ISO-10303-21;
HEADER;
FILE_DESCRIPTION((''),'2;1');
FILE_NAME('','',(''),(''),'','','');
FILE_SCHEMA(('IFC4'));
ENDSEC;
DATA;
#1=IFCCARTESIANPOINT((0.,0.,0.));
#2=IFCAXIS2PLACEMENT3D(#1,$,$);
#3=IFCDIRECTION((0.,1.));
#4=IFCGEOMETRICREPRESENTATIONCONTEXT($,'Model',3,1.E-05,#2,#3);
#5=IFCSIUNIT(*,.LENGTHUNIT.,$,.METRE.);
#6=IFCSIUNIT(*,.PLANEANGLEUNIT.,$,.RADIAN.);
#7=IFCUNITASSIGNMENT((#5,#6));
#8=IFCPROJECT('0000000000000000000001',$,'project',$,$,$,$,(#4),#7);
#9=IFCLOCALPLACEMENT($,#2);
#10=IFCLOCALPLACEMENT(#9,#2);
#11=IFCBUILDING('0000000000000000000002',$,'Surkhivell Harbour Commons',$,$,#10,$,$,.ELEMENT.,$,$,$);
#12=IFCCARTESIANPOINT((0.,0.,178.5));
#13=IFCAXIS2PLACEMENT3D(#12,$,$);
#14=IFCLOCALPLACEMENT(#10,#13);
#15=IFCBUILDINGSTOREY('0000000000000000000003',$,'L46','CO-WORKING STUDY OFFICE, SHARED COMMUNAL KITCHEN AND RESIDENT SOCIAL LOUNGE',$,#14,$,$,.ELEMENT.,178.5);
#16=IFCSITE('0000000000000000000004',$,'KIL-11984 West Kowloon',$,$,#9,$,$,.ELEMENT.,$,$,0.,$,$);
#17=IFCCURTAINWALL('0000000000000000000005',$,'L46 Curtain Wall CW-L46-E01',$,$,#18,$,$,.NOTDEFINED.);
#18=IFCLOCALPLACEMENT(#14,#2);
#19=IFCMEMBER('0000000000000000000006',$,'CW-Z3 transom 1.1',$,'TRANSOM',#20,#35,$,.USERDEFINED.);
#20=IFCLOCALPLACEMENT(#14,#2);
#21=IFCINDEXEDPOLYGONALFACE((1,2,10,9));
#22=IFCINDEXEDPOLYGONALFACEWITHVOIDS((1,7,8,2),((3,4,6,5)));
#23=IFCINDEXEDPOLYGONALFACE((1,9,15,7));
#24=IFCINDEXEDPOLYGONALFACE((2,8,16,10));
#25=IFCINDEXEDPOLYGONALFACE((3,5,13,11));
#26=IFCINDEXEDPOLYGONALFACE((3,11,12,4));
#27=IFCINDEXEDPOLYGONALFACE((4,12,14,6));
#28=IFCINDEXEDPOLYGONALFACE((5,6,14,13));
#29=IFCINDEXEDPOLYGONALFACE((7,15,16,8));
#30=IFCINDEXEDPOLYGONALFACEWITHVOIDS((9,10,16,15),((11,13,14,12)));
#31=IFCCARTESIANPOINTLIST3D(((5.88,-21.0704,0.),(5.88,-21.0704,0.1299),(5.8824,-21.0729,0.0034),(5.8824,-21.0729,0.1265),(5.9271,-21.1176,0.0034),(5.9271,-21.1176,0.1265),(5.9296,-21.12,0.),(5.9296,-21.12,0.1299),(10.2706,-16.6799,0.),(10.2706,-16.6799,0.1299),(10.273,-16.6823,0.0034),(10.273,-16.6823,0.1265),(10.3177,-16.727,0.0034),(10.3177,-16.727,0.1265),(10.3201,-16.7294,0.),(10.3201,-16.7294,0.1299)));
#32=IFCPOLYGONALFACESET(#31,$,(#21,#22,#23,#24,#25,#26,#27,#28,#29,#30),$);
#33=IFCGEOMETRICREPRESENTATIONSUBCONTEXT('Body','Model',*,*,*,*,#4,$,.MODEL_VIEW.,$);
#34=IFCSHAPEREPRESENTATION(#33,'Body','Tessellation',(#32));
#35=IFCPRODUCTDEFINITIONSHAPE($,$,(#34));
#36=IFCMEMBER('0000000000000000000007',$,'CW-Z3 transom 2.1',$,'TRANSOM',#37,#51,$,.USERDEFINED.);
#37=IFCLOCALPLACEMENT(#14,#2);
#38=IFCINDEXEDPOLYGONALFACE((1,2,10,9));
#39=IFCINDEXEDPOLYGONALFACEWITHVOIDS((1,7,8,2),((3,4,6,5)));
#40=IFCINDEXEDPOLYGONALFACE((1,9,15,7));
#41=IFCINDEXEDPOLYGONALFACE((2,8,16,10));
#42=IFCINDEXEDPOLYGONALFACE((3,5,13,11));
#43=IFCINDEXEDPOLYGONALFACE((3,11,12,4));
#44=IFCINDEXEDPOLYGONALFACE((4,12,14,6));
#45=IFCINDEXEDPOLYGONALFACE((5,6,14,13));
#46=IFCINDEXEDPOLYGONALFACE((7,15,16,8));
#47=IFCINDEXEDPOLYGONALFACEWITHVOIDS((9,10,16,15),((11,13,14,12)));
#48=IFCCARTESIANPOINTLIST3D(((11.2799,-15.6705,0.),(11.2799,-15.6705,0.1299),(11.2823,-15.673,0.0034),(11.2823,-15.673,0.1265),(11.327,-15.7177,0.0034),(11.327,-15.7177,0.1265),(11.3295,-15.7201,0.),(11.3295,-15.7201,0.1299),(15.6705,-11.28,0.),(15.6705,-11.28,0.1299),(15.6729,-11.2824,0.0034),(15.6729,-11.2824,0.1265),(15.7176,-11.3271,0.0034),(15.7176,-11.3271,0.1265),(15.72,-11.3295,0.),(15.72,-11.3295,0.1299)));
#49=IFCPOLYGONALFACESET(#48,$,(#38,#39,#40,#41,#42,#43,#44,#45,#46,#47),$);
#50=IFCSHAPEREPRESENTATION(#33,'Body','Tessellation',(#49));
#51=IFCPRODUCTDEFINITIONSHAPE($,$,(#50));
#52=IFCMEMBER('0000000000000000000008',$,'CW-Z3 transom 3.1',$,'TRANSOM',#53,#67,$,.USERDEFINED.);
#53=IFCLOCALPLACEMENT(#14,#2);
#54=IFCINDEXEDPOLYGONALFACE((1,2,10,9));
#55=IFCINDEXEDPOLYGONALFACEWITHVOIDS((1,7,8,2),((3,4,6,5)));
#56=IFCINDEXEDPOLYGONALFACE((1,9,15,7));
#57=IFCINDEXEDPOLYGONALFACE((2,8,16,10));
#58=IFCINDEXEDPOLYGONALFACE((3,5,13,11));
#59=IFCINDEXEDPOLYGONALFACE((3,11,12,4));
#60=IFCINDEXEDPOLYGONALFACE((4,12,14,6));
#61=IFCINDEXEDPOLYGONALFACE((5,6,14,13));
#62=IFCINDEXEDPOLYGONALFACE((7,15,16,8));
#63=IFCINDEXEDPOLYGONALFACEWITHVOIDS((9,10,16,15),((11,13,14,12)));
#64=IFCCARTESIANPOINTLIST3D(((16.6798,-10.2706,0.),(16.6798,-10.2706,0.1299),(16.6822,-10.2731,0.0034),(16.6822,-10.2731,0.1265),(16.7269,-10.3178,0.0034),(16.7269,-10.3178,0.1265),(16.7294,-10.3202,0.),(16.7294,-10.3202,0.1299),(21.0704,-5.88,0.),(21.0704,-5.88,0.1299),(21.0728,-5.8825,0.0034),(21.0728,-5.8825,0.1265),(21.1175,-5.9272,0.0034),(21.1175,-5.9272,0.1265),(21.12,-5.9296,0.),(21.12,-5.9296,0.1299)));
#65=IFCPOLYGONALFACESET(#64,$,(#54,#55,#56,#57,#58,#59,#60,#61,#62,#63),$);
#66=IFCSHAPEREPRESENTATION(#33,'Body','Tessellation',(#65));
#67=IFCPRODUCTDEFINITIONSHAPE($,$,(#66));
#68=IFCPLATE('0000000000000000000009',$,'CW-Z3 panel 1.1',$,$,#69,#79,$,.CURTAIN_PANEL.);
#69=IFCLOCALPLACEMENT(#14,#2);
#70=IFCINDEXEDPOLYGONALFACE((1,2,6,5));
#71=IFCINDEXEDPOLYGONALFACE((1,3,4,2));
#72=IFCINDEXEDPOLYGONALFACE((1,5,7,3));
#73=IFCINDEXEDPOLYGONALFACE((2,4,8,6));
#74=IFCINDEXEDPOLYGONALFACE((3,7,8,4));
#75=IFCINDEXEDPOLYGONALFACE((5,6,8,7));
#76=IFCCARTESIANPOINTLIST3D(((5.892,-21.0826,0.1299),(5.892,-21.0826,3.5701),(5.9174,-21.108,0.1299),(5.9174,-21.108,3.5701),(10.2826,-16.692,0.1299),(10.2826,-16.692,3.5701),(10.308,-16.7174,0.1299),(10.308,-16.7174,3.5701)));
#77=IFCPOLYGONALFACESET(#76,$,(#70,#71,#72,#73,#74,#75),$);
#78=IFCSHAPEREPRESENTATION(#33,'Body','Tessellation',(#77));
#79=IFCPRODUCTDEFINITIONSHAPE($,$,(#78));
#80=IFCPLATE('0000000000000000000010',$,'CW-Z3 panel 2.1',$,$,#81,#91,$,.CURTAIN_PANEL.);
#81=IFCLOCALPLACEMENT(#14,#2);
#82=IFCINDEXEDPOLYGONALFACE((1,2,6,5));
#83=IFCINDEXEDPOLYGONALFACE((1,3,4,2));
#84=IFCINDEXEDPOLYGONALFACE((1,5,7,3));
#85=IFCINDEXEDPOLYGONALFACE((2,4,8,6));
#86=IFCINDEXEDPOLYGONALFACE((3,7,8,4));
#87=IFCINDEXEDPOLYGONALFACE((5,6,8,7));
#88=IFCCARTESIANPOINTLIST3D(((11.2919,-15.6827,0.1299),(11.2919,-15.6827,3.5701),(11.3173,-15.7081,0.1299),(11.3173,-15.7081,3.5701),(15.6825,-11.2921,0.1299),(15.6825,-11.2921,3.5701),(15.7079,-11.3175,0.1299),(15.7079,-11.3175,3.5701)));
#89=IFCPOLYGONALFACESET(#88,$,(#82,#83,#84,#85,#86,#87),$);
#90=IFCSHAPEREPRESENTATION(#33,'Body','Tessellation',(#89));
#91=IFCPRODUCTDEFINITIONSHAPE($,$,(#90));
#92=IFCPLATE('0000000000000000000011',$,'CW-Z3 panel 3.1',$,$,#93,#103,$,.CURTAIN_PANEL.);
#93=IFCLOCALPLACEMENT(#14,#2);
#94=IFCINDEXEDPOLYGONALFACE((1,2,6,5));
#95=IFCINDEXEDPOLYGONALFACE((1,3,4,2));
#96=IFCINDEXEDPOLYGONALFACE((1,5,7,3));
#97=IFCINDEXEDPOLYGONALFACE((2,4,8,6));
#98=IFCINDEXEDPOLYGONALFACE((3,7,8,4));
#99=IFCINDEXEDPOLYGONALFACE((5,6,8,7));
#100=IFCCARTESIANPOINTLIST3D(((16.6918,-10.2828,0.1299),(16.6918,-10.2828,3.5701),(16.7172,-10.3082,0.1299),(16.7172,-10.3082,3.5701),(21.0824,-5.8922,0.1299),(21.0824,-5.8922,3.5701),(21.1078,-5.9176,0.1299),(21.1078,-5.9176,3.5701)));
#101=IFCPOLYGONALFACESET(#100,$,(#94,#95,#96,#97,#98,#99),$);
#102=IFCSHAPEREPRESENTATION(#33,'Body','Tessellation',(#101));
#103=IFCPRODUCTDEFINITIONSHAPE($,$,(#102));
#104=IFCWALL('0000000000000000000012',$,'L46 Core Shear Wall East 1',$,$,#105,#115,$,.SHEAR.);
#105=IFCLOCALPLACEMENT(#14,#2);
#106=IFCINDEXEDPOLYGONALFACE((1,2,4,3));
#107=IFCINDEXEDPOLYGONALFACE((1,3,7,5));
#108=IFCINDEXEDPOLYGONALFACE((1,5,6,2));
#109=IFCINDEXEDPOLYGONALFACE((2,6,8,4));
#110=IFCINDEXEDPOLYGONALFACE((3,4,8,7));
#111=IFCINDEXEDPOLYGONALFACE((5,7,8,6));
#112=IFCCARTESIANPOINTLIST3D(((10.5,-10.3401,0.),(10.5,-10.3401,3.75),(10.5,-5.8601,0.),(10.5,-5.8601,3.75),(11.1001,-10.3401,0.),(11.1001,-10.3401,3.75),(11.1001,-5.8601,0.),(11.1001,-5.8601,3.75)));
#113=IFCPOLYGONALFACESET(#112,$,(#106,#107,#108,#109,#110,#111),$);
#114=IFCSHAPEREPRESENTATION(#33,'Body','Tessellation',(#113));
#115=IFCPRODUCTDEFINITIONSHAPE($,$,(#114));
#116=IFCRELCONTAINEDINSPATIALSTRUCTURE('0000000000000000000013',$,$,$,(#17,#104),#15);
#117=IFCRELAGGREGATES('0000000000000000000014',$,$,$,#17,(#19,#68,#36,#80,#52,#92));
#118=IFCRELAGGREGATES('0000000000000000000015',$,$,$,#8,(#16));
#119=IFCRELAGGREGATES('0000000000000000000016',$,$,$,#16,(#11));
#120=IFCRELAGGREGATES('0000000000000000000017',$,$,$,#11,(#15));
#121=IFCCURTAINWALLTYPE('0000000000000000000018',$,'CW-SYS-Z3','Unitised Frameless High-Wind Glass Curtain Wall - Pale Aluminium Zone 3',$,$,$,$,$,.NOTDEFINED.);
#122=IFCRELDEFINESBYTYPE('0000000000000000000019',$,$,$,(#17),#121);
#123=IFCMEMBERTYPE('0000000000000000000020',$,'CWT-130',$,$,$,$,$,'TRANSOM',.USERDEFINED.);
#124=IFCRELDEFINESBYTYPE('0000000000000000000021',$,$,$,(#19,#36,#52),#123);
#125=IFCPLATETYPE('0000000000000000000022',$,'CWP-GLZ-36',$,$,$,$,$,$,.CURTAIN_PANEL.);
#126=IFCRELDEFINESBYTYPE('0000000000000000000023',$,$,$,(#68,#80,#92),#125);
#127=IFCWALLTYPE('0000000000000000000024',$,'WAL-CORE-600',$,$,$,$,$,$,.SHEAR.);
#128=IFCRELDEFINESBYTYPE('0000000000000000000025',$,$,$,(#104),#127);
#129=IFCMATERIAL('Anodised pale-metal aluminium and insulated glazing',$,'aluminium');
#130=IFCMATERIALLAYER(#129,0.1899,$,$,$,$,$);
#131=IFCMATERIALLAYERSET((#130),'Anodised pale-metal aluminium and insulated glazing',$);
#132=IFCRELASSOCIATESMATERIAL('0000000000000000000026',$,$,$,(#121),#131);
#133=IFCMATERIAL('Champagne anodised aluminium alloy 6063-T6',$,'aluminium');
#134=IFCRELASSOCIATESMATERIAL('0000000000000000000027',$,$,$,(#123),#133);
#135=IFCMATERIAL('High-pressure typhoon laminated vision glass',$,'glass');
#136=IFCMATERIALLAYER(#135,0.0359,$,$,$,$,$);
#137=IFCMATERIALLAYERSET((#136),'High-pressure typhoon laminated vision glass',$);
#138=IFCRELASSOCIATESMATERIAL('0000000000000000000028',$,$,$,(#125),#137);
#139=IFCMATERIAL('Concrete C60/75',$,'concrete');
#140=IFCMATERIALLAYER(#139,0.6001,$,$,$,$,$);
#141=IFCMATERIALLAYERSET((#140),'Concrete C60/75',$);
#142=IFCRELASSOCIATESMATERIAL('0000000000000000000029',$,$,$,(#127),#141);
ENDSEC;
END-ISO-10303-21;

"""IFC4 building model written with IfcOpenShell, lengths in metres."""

from ifc_helpers import new_model, si_unit, direction, frame, frame_2d, origin, origin_2d, place, context, subcontext, project, spatial, rectangle, hollow_rectangle, extrude, material, layer, layer_set, material_profile, profile_set, type_object, element, aggregate, save


model = new_model("IFC4")

# Units and contexts
model_context = context("Model", 3, precision=1e-05, world=origin(), true_north=direction((0.0, 1.0)))
body_context = subcontext(model_context, "Body", "Model", "MODEL_VIEW")
ifc_project = project(units=[si_unit("LENGTHUNIT", "METRE"), si_unit("PLANEANGLEUNIT", "RADIAN")], contexts=[model_context])

# Site, building, storey
site_placement = place(None, origin())
site = spatial("IfcSite", under=ifc_project, at=site_placement, Name="KIL-11984 West Kowloon", CompositionType="ELEMENT", RefElevation=0.0)
building_placement = place(site_placement, origin())
building = spatial("IfcBuilding", under=site, at=building_placement, Name="Surkhivell Harbour Commons", CompositionType="ELEMENT")
storey_placement = place(building_placement, frame((0.0, 0.0, 178.5)))
storey = spatial("IfcBuildingStorey", under=building, at=storey_placement, Name="L46", Description="CO-WORKING STUDY OFFICE, SHARED COMMUNAL KITCHEN AND RESIDENT SOCIAL LOUNGE", CompositionType="ELEMENT", Elevation=178.5)

# Shared definitions
ifc_material_1 = material(Name="Concrete C60/75", Category="concrete")

# Curtain wall, members, plates
ifc_material_2 = material(Name="Anodised pale-metal aluminium and insulated glazing", Category="aluminium")
ifc_layer_1 = layer(ifc_material_2, 0.1899)
ifc_layer_set_1 = layer_set([ifc_layer_1], Name="Anodised pale-metal aluminium and insulated glazing")
curtain_wall_type = type_object("IfcCurtainWallType", Name="CW-SYS-Z3", Description="Unitised Frameless High-Wind Glass Curtain Wall - Pale Aluminium Zone 3", PredefinedType="NOTDEFINED", material=ifc_layer_set_1)
curtain_wall_placement = place(storey_placement, origin())
curtain_wall = element("IfcCurtainWall", 1, at=curtain_wall_placement, inside=storey, type_object=curtain_wall_type, Name="L46 Curtain Wall CW-L46-E01", PredefinedType="NOTDEFINED")
ifc_material_3 = material(Name="Champagne anodised aluminium alloy 6063-T6", Category="aluminium")
ifc_material_profile_1 = material_profile(ifc_material_3, hollow_rectangle(XDim=0.0701, YDim=0.1299, WallThickness=0.0034, at=origin_2d()), Name="ALU-TRAN-70x130")
ifc_profile_set_1 = profile_set([ifc_material_profile_1], Name="Champagne anodised aluminium alloy 6063-T6")
member_type_1 = type_object("IfcMemberType", Name="CWT-130", ElementType="TRANSOM", PredefinedType="USERDEFINED", material=ifc_profile_set_1)
member_1_placement = place(storey_placement, frame((5.9048, -21.0952, 0.0649), z_axis=(0.707107, 0.707107, 0.0), x_axis=(-0.707107, 0.707107, 0.0)))
member_1 = element("IfcMember", 2, at=member_1_placement, type_object=member_type_1, Name="CW-Z3 transom 1.1", ObjectType="TRANSOM", PredefinedType="USERDEFINED", context=body_context, shape_type="SweptSolid", body=[
    extrude(hollow_rectangle(XDim=0.0701, YDim=0.1299, WallThickness=0.0034, at=origin_2d()), origin(), (0.0, 0.0, 1.0), 6.2092),
])
member_2_placement = place(storey_placement, frame((11.3047, -15.6953, 0.0649), z_axis=(0.707107, 0.707107, 0.0), x_axis=(-0.707107, 0.707107, 0.0)))
member_2 = element("IfcMember", 3, at=member_2_placement, type_object=member_type_1, Name="CW-Z3 transom 2.1", ObjectType="TRANSOM", PredefinedType="USERDEFINED", context=body_context, shape_type="SweptSolid", body=[
    extrude(hollow_rectangle(XDim=0.0701, YDim=0.1299, WallThickness=0.0034, at=origin_2d()), origin(), (0.0, 0.0, 1.0), 6.2092),
])
member_3_placement = place(storey_placement, frame((16.7046, -10.2954, 0.0649), z_axis=(0.707107, 0.707107, 0.0), x_axis=(-0.707107, 0.707107, 0.0)))
member_3 = element("IfcMember", 4, at=member_3_placement, type_object=member_type_1, Name="CW-Z3 transom 3.1", ObjectType="TRANSOM", PredefinedType="USERDEFINED", context=body_context, shape_type="SweptSolid", body=[
    extrude(hollow_rectangle(XDim=0.0701, YDim=0.1299, WallThickness=0.0034, at=origin_2d()), origin(), (0.0, 0.0, 1.0), 6.2092),
])
ifc_material_4 = material(Name="High-pressure typhoon laminated vision glass", Category="glass")
ifc_layer_2 = layer(ifc_material_4, 0.0359)
ifc_layer_set_2 = layer_set([ifc_layer_2], Name="High-pressure typhoon laminated vision glass")
plate_type = type_object("IfcPlateType", Name="CWP-GLZ-36", PredefinedType="CURTAIN_PANEL", material=ifc_layer_set_2)
plate_1_placement = place(storey_placement, frame((5.9048, -21.0952, 0.1299), z_axis=(0.0, 0.0, 1.0), x_axis=(0.707107, 0.707107, 0.0)))
plate_1 = element("IfcPlate", 5, at=plate_1_placement, type_object=plate_type, Name="CW-Z3 panel 1.1", PredefinedType="CURTAIN_PANEL", context=body_context, shape_type="SweptSolid", body=[
    extrude(rectangle(XDim=6.2092, YDim=0.0359, at=frame_2d((3.1045, 0.0))), origin(), (0.0, 0.0, 1.0), 3.4402),
])
plate_2_placement = place(storey_placement, frame((11.3047, -15.6953, 0.1299), z_axis=(0.0, 0.0, 1.0), x_axis=(0.707107, 0.707107, 0.0)))
plate_2 = element("IfcPlate", 6, at=plate_2_placement, type_object=plate_type, Name="CW-Z3 panel 2.1", PredefinedType="CURTAIN_PANEL", context=body_context, shape_type="SweptSolid", body=[
    extrude(rectangle(XDim=6.2092, YDim=0.0359, at=frame_2d((3.1045, 0.0))), origin(), (0.0, 0.0, 1.0), 3.4402),
])
plate_3_placement = place(storey_placement, frame((16.7046, -10.2954, 0.1299), z_axis=(0.0, 0.0, 1.0), x_axis=(0.707107, 0.707107, 0.0)))
plate_3 = element("IfcPlate", 7, at=plate_3_placement, type_object=plate_type, Name="CW-Z3 panel 3.1", PredefinedType="CURTAIN_PANEL", context=body_context, shape_type="SweptSolid", body=[
    extrude(rectangle(XDim=6.2092, YDim=0.0359, at=frame_2d((3.1045, 0.0))), origin(), (0.0, 0.0, 1.0), 3.4402),
])
aggregate(curtain_wall, [member_1, plate_1, member_2, plate_2, member_3, plate_3])

# Wall
ifc_layer_3 = layer(ifc_material_1, 0.6001)
ifc_layer_set_3 = layer_set([ifc_layer_3], Name="Concrete C60/75")
wall_type_1 = type_object("IfcWallType", Name="WAL-CORE-600", PredefinedType="SHEAR", material=ifc_layer_set_3)
wall_1_placement = place(storey_placement, frame((10.8, -10.3401, 0.0), z_axis=(0.0, 0.0, 1.0), x_axis=(0.0, 1.0, 0.0)))
element("IfcWall", 8, at=wall_1_placement, inside=storey, type_object=wall_type_1, Name="L46 Core Shear Wall East 1", PredefinedType="SHEAR", context=body_context, shape_type="SweptSolid", body=[
    extrude(rectangle(XDim=4.48, YDim=0.6001, at=frame_2d((2.24, 0.0))), origin(), (0.0, 0.0, 1.0), 3.75),
])

save(model, "model.ifc")
